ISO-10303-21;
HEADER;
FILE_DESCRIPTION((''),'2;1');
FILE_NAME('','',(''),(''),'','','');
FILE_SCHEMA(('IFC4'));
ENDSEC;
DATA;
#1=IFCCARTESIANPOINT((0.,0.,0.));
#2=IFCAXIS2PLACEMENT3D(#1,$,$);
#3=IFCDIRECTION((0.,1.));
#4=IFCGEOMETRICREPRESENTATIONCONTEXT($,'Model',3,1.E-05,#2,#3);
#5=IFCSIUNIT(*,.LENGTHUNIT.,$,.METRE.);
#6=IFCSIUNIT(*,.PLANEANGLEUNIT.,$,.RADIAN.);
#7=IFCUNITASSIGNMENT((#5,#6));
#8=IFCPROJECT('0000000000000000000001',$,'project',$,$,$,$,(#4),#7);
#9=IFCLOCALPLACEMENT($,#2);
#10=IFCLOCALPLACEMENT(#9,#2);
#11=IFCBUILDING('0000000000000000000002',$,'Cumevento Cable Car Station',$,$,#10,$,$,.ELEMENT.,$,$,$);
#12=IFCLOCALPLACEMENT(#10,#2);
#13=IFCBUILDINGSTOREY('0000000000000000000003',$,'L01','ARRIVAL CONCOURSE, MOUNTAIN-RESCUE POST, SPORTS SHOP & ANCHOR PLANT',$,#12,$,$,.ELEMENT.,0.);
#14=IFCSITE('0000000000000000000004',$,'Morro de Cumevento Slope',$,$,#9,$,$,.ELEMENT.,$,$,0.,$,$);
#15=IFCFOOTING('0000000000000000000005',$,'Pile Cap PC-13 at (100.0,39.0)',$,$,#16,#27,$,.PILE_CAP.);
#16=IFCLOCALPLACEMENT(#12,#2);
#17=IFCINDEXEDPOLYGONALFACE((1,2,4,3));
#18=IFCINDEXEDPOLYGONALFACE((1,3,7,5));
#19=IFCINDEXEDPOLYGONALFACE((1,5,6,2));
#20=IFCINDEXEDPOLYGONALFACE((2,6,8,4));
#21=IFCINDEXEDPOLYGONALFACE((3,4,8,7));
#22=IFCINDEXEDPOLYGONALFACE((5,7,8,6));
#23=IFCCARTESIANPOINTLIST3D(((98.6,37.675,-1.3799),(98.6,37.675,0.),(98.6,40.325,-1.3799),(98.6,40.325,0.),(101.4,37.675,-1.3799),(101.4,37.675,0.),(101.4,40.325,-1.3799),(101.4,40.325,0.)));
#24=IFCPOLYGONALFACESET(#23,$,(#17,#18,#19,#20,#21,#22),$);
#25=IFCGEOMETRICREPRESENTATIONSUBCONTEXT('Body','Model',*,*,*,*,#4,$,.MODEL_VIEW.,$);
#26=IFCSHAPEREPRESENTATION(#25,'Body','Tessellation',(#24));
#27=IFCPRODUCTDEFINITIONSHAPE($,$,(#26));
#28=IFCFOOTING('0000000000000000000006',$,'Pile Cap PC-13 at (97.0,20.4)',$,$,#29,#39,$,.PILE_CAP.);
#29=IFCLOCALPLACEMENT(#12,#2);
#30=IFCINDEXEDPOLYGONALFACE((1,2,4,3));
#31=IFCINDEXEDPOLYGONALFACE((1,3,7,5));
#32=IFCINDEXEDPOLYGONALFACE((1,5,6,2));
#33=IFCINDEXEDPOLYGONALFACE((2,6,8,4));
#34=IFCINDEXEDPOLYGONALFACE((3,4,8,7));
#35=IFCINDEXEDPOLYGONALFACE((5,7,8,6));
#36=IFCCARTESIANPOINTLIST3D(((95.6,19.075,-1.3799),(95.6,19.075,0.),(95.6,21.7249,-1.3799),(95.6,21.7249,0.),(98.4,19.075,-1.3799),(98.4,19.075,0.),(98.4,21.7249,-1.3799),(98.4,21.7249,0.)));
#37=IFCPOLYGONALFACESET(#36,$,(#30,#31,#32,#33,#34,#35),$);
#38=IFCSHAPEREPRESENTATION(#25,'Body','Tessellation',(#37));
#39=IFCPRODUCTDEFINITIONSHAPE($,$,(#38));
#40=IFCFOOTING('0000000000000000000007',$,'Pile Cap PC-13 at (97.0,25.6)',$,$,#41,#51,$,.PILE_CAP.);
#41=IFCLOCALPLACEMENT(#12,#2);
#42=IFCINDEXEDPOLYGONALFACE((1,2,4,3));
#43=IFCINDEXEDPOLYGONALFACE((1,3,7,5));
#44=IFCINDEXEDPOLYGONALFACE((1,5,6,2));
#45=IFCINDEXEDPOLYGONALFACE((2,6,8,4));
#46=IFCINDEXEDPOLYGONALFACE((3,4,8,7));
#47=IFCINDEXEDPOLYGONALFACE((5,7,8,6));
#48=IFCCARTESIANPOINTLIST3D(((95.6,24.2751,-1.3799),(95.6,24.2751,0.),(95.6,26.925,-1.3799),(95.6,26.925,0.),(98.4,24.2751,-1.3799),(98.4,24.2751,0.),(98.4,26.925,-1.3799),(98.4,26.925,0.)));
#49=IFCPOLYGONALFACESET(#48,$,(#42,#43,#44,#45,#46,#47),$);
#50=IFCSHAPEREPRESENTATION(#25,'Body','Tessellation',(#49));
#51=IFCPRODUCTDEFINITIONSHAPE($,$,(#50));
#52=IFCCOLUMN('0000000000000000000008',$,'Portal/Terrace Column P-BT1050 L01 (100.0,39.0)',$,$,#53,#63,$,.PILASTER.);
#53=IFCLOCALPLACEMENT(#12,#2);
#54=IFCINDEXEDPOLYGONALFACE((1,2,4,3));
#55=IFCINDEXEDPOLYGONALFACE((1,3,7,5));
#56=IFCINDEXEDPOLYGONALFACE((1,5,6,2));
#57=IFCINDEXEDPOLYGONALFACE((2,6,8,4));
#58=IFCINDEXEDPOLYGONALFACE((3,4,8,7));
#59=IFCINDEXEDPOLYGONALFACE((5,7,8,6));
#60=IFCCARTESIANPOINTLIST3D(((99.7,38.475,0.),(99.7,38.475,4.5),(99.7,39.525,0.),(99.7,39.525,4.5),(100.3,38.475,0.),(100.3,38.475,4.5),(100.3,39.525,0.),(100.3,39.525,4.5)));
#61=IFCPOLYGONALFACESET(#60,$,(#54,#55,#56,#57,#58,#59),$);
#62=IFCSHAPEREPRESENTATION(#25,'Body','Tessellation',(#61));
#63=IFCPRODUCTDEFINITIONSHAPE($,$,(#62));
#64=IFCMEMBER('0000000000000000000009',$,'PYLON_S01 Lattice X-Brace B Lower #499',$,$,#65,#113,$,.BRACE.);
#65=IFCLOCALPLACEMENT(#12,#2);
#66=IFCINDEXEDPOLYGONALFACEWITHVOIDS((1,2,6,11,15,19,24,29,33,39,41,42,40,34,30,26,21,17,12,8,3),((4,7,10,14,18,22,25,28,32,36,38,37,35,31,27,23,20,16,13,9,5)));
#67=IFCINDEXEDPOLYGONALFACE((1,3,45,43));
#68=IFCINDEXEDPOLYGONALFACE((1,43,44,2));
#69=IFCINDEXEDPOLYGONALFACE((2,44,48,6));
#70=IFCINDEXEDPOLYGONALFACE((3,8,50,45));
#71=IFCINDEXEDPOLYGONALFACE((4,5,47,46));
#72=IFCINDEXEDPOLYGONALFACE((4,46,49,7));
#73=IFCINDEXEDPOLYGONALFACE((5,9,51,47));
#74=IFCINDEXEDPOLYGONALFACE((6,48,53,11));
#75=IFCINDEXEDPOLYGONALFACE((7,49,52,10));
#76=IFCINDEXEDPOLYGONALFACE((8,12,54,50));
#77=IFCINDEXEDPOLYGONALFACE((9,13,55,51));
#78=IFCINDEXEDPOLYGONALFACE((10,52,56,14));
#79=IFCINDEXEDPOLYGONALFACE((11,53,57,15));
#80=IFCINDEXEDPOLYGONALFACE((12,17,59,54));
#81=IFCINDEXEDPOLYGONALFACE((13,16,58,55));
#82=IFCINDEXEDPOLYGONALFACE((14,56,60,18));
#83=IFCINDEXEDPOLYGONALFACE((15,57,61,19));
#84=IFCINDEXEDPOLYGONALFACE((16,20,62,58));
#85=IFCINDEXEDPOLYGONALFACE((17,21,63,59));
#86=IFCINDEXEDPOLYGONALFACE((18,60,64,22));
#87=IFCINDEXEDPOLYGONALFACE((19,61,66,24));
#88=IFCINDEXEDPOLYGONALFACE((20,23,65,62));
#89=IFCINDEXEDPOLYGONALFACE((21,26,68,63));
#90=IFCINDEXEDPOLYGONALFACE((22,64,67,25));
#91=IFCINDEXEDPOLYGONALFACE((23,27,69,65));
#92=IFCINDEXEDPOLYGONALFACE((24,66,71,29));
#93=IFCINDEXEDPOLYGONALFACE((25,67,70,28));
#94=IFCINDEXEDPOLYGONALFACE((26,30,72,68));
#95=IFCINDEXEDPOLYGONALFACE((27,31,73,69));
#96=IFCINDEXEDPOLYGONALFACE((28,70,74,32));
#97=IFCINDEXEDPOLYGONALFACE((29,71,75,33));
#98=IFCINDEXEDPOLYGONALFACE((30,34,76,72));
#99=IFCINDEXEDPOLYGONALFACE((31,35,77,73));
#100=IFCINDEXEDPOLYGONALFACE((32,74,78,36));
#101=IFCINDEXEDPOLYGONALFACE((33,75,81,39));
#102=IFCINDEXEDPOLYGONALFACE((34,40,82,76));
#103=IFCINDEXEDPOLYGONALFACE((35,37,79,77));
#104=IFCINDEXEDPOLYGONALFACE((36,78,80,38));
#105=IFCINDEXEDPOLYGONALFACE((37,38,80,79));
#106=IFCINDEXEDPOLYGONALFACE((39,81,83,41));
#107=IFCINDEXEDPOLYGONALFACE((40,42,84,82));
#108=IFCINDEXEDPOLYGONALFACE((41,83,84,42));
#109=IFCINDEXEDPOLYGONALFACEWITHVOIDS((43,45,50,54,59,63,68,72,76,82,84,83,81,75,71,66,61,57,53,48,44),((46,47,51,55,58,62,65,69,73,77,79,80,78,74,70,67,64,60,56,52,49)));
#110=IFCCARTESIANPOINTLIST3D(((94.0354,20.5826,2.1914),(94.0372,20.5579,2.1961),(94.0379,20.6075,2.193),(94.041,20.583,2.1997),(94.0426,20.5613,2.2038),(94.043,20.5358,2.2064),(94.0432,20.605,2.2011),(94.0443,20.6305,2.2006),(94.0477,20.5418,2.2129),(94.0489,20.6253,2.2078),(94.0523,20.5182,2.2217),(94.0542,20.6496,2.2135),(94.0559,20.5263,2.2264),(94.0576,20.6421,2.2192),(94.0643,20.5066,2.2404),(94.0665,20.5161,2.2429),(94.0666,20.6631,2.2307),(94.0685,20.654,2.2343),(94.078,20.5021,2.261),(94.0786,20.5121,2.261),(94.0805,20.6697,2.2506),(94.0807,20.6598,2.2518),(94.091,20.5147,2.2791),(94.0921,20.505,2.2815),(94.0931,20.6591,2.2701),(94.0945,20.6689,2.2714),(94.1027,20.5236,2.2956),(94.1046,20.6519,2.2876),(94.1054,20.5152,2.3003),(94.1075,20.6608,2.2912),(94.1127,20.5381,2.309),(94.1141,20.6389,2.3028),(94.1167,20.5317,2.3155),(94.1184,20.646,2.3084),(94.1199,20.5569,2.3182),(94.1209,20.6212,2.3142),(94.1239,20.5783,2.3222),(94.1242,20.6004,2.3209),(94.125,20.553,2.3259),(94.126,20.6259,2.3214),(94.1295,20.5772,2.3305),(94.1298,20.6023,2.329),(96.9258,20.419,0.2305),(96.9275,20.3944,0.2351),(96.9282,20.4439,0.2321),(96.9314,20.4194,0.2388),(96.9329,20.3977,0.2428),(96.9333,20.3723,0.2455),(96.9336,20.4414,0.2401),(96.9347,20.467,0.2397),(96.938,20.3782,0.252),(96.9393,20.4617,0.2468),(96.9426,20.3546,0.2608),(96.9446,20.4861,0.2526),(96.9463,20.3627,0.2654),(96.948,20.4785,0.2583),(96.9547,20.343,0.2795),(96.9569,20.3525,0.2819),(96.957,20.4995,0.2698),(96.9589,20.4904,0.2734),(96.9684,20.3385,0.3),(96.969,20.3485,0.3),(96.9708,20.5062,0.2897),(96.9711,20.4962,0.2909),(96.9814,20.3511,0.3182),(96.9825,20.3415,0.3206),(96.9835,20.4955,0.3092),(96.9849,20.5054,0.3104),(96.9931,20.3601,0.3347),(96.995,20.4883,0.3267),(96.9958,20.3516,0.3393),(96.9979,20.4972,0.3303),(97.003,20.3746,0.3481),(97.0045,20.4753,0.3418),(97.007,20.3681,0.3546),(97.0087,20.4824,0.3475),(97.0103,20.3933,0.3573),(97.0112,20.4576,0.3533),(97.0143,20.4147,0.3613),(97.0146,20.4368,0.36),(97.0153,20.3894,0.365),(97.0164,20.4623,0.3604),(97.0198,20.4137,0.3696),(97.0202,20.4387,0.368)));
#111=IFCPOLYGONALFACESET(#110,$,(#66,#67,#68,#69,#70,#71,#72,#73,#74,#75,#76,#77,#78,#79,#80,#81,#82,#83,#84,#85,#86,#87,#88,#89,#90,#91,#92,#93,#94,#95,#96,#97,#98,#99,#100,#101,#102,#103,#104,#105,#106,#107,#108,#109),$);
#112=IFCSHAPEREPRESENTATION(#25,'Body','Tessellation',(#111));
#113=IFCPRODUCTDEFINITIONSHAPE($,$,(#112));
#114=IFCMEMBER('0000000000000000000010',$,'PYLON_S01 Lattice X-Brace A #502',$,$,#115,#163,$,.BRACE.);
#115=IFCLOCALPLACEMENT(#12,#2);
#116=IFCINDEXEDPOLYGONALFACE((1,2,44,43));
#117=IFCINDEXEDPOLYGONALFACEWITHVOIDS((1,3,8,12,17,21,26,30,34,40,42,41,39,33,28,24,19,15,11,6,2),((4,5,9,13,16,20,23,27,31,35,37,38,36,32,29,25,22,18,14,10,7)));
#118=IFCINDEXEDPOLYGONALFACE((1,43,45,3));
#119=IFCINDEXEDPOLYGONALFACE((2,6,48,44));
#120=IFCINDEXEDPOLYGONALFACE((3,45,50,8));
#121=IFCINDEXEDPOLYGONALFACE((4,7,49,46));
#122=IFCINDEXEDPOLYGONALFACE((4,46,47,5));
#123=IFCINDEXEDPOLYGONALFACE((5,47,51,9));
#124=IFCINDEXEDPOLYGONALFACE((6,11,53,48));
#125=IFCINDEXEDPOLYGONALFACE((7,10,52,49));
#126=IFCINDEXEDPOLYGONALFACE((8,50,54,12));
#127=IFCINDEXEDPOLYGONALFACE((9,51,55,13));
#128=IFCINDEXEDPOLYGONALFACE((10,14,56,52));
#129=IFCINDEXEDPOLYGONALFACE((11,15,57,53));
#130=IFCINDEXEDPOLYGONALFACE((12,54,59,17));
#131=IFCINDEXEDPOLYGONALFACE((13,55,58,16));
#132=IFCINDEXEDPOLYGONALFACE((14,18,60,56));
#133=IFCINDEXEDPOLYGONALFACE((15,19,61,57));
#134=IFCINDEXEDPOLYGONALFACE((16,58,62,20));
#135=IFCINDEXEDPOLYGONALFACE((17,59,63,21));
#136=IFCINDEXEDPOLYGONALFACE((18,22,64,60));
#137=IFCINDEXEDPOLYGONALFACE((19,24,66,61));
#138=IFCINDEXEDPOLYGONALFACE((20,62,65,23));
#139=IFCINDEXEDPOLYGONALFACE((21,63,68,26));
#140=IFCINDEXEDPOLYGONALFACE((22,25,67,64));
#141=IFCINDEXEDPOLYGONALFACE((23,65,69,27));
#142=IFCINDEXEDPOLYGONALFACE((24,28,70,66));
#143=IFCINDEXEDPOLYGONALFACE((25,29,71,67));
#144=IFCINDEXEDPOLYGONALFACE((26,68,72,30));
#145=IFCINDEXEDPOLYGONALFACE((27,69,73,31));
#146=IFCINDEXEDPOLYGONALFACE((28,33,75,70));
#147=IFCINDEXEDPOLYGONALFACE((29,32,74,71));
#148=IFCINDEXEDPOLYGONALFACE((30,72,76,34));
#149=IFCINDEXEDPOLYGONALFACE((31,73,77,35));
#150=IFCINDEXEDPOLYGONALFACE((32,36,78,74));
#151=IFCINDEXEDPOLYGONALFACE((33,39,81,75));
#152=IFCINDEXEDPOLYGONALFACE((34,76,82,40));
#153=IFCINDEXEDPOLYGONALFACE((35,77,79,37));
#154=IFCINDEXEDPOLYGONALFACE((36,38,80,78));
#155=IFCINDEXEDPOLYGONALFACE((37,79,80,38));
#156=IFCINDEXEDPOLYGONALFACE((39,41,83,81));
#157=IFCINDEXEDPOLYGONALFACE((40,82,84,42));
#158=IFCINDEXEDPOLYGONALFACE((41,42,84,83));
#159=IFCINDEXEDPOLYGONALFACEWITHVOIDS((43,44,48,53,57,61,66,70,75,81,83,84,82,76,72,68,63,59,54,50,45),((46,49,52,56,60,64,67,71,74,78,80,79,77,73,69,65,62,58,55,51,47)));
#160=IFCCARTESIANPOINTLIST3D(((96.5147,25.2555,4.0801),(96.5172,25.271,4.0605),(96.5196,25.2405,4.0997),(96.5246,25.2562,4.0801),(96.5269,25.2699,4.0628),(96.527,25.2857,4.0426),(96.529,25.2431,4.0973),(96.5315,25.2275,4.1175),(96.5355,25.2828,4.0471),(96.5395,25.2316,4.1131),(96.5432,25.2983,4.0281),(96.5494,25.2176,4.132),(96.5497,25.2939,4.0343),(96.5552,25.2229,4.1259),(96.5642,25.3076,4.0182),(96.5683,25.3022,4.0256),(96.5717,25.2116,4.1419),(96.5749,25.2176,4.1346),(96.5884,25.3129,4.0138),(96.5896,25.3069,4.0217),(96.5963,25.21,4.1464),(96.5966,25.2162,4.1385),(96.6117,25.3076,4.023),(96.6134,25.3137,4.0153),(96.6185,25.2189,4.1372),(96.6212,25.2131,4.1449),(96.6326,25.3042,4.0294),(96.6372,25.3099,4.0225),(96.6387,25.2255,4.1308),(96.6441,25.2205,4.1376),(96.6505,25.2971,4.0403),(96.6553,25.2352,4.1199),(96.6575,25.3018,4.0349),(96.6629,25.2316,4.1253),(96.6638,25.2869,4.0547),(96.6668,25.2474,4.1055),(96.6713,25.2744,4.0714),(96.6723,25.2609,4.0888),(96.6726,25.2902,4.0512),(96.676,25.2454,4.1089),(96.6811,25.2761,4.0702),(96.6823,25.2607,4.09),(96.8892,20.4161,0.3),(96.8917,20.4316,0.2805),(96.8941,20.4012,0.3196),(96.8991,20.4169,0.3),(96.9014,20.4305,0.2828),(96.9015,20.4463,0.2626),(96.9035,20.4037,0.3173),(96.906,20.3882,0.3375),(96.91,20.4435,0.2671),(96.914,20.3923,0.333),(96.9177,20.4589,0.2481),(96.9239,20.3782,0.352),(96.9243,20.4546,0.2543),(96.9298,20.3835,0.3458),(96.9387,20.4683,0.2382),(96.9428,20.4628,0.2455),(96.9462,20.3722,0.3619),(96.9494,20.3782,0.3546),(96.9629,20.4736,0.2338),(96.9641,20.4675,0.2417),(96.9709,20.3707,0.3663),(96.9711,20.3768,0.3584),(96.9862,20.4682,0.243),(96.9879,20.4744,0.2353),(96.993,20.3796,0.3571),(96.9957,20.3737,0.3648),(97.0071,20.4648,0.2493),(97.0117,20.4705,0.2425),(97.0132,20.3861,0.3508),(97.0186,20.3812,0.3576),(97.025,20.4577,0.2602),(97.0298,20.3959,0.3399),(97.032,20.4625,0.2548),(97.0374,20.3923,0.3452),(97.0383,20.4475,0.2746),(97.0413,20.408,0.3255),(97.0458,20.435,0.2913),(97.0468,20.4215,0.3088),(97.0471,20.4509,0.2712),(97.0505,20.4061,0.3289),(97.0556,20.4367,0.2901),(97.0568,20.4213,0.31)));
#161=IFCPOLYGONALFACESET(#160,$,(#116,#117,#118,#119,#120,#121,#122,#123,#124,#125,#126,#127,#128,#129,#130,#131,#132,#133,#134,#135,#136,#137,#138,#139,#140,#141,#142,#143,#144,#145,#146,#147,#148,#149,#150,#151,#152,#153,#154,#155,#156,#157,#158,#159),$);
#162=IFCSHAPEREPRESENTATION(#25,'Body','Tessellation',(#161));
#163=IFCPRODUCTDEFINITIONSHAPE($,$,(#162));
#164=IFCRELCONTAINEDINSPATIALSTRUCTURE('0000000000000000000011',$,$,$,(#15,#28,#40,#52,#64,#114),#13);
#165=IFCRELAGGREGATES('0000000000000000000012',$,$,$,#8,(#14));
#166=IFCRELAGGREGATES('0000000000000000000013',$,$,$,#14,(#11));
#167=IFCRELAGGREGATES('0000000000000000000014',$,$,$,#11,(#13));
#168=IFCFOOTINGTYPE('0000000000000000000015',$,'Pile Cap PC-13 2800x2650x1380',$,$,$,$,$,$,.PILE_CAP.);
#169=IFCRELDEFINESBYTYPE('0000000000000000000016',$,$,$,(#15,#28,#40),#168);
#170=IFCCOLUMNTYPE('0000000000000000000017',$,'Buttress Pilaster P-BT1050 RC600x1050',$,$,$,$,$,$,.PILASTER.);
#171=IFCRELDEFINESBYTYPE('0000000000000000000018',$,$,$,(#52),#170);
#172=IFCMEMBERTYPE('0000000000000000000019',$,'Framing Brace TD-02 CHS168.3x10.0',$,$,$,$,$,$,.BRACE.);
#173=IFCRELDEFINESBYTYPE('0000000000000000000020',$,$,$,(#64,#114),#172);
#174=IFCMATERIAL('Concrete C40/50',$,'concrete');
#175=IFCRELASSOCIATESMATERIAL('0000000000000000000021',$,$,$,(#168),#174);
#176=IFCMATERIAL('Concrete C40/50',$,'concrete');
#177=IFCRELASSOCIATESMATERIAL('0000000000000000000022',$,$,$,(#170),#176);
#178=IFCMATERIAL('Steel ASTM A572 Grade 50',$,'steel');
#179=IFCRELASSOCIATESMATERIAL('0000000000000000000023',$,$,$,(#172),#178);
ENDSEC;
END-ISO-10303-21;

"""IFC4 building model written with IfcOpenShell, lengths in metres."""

from ifc_helpers import new_model, si_unit, direction, frame, origin, origin_2d, place, context, subcontext, project, spatial, rectangle, hollow_circle, extrude, material, material_profile, profile_set, type_object, element, save


model = new_model("IFC4")

# Units and contexts
model_context = context("Model", 3, precision=1e-05, world=origin(), true_north=direction((0.0, 1.0)))
body_context = subcontext(model_context, "Body", "Model", "MODEL_VIEW")
ifc_project = project(units=[si_unit("LENGTHUNIT", "METRE"), si_unit("PLANEANGLEUNIT", "RADIAN")], contexts=[model_context])

# Site, building, storey
site_placement = place(None, origin())
site = spatial("IfcSite", under=ifc_project, at=site_placement, Name="Morro de Cumevento Slope", CompositionType="ELEMENT", RefElevation=0.0)
building_placement = place(site_placement, origin())
building = spatial("IfcBuilding", under=site, at=building_placement, Name="Cumevento Cable Car Station", CompositionType="ELEMENT")
storey_placement = place(building_placement, origin())
storey = spatial("IfcBuildingStorey", under=building, at=storey_placement, Name="L01", Description="ARRIVAL CONCOURSE, MOUNTAIN-RESCUE POST, SPORTS SHOP & ANCHOR PLANT", CompositionType="ELEMENT", Elevation=0.0)

# Footings
ifc_material_1 = material(Name="Concrete C40/50", Category="concrete")
footing_type = type_object("IfcFootingType", Name="Pile Cap PC-13 2800x2650x1380", PredefinedType="PILE_CAP", material=ifc_material_1)
for number, where, z_axis, x_axis, name in (
    (1, (100.0, 39.0, -1.3799), (0.0, 0.0, 1.0), (1.0, 0.0, 0.0), "Pile Cap PC-13 at (100.0,39.0)"),
    (2, (97.0, 20.3999, -1.3799), (0.0, 0.0, 1.0), (1.0, 0.0, 0.0), "Pile Cap PC-13 at (97.0,20.4)"),
    (3, (97.0, 25.6001, -1.3799), (0.0, 0.0, 1.0), (1.0, 0.0, 0.0), "Pile Cap PC-13 at (97.0,25.6)"),
):
    element("IfcFooting", number, at=place(storey_placement, frame(where, z_axis=z_axis, x_axis=x_axis)), inside=storey, type_object=footing_type, Name=name, PredefinedType="PILE_CAP", context=body_context, shape_type="SweptSolid", body=[
        extrude(rectangle(XDim=2.8, YDim=2.6499, at=origin_2d()), origin(), (0.0, 0.0, 1.0), 1.3799),
    ])

# Column
ifc_material_2 = material(Name="Concrete C40/50", Category="concrete")
ifc_material_profile_1 = material_profile(ifc_material_2, rectangle(XDim=0.6001, YDim=1.05, at=origin_2d()), Name="RC600x1050")
ifc_profile_set_1 = profile_set([ifc_material_profile_1], Name="Concrete C40/50")
column_type = type_object("IfcColumnType", Name="Buttress Pilaster P-BT1050 RC600x1050", PredefinedType="PILASTER", material=ifc_profile_set_1)
column_placement = place(storey_placement, frame((100.0, 39.0, 0.0), z_axis=(0.0, 0.0, 1.0), x_axis=(1.0, 0.0, 0.0)))
element("IfcColumn", 4, at=column_placement, inside=storey, type_object=column_type, Name="Portal/Terrace Column P-BT1050 L01 (100.0,39.0)", PredefinedType="PILASTER", context=body_context, shape_type="SweptSolid", body=[
    extrude(rectangle(XDim=0.6001, YDim=1.05, at=origin_2d()), origin(), (0.0, 0.0, 1.0), 4.5),
])

# Members
ifc_material_3 = material(Name="Steel ASTM A572 Grade 50", Category="steel")
ifc_material_profile_2 = material_profile(ifc_material_3, hollow_circle(Radius=0.0842, WallThickness=0.01, at=origin_2d()), Name="CHS168.3x10.0")
ifc_profile_set_2 = profile_set([ifc_material_profile_2], Name="Steel ASTM A572 Grade 50")
member_type_1 = type_object("IfcMemberType", Name="Framing Brace TD-02 CHS168.3x10.0", PredefinedType="BRACE", material=ifc_profile_set_2)
member_1_placement = place(storey_placement, frame((96.9731, 20.4226, 0.3), z_axis=(-0.826622, 0.046781, 0.56081), x_axis=(-0.056502, -0.998402, 0.0)))
element("IfcMember", 5, at=member_1_placement, inside=storey, type_object=member_type_1, Name="PYLON_S01 Lattice X-Brace B Lower #499", PredefinedType="BRACE", context=body_context, shape_type="SweptSolid", body=[
    extrude(hollow_circle(Radius=0.0842, WallThickness=0.01, at=origin_2d()), origin(), (0.0, 0.0, 1.0), 3.4966),
])
member_2_placement = place(storey_placement, frame((96.9731, 20.4226, 0.3), z_axis=(-0.060876, 0.786619, 0.61443), x_axis=(-0.997019, -0.077158, 0.0)))
element("IfcMember", 6, at=member_2_placement, inside=storey, type_object=member_type_1, Name="PYLON_S01 Lattice X-Brace A #502", PredefinedType="BRACE", context=body_context, shape_type="SweptSolid", body=[
    extrude(hollow_circle(Radius=0.0842, WallThickness=0.01, at=origin_2d()), origin(), (0.0, 0.0, 1.0), 6.1521),
])

save(model, "model.ifc")
